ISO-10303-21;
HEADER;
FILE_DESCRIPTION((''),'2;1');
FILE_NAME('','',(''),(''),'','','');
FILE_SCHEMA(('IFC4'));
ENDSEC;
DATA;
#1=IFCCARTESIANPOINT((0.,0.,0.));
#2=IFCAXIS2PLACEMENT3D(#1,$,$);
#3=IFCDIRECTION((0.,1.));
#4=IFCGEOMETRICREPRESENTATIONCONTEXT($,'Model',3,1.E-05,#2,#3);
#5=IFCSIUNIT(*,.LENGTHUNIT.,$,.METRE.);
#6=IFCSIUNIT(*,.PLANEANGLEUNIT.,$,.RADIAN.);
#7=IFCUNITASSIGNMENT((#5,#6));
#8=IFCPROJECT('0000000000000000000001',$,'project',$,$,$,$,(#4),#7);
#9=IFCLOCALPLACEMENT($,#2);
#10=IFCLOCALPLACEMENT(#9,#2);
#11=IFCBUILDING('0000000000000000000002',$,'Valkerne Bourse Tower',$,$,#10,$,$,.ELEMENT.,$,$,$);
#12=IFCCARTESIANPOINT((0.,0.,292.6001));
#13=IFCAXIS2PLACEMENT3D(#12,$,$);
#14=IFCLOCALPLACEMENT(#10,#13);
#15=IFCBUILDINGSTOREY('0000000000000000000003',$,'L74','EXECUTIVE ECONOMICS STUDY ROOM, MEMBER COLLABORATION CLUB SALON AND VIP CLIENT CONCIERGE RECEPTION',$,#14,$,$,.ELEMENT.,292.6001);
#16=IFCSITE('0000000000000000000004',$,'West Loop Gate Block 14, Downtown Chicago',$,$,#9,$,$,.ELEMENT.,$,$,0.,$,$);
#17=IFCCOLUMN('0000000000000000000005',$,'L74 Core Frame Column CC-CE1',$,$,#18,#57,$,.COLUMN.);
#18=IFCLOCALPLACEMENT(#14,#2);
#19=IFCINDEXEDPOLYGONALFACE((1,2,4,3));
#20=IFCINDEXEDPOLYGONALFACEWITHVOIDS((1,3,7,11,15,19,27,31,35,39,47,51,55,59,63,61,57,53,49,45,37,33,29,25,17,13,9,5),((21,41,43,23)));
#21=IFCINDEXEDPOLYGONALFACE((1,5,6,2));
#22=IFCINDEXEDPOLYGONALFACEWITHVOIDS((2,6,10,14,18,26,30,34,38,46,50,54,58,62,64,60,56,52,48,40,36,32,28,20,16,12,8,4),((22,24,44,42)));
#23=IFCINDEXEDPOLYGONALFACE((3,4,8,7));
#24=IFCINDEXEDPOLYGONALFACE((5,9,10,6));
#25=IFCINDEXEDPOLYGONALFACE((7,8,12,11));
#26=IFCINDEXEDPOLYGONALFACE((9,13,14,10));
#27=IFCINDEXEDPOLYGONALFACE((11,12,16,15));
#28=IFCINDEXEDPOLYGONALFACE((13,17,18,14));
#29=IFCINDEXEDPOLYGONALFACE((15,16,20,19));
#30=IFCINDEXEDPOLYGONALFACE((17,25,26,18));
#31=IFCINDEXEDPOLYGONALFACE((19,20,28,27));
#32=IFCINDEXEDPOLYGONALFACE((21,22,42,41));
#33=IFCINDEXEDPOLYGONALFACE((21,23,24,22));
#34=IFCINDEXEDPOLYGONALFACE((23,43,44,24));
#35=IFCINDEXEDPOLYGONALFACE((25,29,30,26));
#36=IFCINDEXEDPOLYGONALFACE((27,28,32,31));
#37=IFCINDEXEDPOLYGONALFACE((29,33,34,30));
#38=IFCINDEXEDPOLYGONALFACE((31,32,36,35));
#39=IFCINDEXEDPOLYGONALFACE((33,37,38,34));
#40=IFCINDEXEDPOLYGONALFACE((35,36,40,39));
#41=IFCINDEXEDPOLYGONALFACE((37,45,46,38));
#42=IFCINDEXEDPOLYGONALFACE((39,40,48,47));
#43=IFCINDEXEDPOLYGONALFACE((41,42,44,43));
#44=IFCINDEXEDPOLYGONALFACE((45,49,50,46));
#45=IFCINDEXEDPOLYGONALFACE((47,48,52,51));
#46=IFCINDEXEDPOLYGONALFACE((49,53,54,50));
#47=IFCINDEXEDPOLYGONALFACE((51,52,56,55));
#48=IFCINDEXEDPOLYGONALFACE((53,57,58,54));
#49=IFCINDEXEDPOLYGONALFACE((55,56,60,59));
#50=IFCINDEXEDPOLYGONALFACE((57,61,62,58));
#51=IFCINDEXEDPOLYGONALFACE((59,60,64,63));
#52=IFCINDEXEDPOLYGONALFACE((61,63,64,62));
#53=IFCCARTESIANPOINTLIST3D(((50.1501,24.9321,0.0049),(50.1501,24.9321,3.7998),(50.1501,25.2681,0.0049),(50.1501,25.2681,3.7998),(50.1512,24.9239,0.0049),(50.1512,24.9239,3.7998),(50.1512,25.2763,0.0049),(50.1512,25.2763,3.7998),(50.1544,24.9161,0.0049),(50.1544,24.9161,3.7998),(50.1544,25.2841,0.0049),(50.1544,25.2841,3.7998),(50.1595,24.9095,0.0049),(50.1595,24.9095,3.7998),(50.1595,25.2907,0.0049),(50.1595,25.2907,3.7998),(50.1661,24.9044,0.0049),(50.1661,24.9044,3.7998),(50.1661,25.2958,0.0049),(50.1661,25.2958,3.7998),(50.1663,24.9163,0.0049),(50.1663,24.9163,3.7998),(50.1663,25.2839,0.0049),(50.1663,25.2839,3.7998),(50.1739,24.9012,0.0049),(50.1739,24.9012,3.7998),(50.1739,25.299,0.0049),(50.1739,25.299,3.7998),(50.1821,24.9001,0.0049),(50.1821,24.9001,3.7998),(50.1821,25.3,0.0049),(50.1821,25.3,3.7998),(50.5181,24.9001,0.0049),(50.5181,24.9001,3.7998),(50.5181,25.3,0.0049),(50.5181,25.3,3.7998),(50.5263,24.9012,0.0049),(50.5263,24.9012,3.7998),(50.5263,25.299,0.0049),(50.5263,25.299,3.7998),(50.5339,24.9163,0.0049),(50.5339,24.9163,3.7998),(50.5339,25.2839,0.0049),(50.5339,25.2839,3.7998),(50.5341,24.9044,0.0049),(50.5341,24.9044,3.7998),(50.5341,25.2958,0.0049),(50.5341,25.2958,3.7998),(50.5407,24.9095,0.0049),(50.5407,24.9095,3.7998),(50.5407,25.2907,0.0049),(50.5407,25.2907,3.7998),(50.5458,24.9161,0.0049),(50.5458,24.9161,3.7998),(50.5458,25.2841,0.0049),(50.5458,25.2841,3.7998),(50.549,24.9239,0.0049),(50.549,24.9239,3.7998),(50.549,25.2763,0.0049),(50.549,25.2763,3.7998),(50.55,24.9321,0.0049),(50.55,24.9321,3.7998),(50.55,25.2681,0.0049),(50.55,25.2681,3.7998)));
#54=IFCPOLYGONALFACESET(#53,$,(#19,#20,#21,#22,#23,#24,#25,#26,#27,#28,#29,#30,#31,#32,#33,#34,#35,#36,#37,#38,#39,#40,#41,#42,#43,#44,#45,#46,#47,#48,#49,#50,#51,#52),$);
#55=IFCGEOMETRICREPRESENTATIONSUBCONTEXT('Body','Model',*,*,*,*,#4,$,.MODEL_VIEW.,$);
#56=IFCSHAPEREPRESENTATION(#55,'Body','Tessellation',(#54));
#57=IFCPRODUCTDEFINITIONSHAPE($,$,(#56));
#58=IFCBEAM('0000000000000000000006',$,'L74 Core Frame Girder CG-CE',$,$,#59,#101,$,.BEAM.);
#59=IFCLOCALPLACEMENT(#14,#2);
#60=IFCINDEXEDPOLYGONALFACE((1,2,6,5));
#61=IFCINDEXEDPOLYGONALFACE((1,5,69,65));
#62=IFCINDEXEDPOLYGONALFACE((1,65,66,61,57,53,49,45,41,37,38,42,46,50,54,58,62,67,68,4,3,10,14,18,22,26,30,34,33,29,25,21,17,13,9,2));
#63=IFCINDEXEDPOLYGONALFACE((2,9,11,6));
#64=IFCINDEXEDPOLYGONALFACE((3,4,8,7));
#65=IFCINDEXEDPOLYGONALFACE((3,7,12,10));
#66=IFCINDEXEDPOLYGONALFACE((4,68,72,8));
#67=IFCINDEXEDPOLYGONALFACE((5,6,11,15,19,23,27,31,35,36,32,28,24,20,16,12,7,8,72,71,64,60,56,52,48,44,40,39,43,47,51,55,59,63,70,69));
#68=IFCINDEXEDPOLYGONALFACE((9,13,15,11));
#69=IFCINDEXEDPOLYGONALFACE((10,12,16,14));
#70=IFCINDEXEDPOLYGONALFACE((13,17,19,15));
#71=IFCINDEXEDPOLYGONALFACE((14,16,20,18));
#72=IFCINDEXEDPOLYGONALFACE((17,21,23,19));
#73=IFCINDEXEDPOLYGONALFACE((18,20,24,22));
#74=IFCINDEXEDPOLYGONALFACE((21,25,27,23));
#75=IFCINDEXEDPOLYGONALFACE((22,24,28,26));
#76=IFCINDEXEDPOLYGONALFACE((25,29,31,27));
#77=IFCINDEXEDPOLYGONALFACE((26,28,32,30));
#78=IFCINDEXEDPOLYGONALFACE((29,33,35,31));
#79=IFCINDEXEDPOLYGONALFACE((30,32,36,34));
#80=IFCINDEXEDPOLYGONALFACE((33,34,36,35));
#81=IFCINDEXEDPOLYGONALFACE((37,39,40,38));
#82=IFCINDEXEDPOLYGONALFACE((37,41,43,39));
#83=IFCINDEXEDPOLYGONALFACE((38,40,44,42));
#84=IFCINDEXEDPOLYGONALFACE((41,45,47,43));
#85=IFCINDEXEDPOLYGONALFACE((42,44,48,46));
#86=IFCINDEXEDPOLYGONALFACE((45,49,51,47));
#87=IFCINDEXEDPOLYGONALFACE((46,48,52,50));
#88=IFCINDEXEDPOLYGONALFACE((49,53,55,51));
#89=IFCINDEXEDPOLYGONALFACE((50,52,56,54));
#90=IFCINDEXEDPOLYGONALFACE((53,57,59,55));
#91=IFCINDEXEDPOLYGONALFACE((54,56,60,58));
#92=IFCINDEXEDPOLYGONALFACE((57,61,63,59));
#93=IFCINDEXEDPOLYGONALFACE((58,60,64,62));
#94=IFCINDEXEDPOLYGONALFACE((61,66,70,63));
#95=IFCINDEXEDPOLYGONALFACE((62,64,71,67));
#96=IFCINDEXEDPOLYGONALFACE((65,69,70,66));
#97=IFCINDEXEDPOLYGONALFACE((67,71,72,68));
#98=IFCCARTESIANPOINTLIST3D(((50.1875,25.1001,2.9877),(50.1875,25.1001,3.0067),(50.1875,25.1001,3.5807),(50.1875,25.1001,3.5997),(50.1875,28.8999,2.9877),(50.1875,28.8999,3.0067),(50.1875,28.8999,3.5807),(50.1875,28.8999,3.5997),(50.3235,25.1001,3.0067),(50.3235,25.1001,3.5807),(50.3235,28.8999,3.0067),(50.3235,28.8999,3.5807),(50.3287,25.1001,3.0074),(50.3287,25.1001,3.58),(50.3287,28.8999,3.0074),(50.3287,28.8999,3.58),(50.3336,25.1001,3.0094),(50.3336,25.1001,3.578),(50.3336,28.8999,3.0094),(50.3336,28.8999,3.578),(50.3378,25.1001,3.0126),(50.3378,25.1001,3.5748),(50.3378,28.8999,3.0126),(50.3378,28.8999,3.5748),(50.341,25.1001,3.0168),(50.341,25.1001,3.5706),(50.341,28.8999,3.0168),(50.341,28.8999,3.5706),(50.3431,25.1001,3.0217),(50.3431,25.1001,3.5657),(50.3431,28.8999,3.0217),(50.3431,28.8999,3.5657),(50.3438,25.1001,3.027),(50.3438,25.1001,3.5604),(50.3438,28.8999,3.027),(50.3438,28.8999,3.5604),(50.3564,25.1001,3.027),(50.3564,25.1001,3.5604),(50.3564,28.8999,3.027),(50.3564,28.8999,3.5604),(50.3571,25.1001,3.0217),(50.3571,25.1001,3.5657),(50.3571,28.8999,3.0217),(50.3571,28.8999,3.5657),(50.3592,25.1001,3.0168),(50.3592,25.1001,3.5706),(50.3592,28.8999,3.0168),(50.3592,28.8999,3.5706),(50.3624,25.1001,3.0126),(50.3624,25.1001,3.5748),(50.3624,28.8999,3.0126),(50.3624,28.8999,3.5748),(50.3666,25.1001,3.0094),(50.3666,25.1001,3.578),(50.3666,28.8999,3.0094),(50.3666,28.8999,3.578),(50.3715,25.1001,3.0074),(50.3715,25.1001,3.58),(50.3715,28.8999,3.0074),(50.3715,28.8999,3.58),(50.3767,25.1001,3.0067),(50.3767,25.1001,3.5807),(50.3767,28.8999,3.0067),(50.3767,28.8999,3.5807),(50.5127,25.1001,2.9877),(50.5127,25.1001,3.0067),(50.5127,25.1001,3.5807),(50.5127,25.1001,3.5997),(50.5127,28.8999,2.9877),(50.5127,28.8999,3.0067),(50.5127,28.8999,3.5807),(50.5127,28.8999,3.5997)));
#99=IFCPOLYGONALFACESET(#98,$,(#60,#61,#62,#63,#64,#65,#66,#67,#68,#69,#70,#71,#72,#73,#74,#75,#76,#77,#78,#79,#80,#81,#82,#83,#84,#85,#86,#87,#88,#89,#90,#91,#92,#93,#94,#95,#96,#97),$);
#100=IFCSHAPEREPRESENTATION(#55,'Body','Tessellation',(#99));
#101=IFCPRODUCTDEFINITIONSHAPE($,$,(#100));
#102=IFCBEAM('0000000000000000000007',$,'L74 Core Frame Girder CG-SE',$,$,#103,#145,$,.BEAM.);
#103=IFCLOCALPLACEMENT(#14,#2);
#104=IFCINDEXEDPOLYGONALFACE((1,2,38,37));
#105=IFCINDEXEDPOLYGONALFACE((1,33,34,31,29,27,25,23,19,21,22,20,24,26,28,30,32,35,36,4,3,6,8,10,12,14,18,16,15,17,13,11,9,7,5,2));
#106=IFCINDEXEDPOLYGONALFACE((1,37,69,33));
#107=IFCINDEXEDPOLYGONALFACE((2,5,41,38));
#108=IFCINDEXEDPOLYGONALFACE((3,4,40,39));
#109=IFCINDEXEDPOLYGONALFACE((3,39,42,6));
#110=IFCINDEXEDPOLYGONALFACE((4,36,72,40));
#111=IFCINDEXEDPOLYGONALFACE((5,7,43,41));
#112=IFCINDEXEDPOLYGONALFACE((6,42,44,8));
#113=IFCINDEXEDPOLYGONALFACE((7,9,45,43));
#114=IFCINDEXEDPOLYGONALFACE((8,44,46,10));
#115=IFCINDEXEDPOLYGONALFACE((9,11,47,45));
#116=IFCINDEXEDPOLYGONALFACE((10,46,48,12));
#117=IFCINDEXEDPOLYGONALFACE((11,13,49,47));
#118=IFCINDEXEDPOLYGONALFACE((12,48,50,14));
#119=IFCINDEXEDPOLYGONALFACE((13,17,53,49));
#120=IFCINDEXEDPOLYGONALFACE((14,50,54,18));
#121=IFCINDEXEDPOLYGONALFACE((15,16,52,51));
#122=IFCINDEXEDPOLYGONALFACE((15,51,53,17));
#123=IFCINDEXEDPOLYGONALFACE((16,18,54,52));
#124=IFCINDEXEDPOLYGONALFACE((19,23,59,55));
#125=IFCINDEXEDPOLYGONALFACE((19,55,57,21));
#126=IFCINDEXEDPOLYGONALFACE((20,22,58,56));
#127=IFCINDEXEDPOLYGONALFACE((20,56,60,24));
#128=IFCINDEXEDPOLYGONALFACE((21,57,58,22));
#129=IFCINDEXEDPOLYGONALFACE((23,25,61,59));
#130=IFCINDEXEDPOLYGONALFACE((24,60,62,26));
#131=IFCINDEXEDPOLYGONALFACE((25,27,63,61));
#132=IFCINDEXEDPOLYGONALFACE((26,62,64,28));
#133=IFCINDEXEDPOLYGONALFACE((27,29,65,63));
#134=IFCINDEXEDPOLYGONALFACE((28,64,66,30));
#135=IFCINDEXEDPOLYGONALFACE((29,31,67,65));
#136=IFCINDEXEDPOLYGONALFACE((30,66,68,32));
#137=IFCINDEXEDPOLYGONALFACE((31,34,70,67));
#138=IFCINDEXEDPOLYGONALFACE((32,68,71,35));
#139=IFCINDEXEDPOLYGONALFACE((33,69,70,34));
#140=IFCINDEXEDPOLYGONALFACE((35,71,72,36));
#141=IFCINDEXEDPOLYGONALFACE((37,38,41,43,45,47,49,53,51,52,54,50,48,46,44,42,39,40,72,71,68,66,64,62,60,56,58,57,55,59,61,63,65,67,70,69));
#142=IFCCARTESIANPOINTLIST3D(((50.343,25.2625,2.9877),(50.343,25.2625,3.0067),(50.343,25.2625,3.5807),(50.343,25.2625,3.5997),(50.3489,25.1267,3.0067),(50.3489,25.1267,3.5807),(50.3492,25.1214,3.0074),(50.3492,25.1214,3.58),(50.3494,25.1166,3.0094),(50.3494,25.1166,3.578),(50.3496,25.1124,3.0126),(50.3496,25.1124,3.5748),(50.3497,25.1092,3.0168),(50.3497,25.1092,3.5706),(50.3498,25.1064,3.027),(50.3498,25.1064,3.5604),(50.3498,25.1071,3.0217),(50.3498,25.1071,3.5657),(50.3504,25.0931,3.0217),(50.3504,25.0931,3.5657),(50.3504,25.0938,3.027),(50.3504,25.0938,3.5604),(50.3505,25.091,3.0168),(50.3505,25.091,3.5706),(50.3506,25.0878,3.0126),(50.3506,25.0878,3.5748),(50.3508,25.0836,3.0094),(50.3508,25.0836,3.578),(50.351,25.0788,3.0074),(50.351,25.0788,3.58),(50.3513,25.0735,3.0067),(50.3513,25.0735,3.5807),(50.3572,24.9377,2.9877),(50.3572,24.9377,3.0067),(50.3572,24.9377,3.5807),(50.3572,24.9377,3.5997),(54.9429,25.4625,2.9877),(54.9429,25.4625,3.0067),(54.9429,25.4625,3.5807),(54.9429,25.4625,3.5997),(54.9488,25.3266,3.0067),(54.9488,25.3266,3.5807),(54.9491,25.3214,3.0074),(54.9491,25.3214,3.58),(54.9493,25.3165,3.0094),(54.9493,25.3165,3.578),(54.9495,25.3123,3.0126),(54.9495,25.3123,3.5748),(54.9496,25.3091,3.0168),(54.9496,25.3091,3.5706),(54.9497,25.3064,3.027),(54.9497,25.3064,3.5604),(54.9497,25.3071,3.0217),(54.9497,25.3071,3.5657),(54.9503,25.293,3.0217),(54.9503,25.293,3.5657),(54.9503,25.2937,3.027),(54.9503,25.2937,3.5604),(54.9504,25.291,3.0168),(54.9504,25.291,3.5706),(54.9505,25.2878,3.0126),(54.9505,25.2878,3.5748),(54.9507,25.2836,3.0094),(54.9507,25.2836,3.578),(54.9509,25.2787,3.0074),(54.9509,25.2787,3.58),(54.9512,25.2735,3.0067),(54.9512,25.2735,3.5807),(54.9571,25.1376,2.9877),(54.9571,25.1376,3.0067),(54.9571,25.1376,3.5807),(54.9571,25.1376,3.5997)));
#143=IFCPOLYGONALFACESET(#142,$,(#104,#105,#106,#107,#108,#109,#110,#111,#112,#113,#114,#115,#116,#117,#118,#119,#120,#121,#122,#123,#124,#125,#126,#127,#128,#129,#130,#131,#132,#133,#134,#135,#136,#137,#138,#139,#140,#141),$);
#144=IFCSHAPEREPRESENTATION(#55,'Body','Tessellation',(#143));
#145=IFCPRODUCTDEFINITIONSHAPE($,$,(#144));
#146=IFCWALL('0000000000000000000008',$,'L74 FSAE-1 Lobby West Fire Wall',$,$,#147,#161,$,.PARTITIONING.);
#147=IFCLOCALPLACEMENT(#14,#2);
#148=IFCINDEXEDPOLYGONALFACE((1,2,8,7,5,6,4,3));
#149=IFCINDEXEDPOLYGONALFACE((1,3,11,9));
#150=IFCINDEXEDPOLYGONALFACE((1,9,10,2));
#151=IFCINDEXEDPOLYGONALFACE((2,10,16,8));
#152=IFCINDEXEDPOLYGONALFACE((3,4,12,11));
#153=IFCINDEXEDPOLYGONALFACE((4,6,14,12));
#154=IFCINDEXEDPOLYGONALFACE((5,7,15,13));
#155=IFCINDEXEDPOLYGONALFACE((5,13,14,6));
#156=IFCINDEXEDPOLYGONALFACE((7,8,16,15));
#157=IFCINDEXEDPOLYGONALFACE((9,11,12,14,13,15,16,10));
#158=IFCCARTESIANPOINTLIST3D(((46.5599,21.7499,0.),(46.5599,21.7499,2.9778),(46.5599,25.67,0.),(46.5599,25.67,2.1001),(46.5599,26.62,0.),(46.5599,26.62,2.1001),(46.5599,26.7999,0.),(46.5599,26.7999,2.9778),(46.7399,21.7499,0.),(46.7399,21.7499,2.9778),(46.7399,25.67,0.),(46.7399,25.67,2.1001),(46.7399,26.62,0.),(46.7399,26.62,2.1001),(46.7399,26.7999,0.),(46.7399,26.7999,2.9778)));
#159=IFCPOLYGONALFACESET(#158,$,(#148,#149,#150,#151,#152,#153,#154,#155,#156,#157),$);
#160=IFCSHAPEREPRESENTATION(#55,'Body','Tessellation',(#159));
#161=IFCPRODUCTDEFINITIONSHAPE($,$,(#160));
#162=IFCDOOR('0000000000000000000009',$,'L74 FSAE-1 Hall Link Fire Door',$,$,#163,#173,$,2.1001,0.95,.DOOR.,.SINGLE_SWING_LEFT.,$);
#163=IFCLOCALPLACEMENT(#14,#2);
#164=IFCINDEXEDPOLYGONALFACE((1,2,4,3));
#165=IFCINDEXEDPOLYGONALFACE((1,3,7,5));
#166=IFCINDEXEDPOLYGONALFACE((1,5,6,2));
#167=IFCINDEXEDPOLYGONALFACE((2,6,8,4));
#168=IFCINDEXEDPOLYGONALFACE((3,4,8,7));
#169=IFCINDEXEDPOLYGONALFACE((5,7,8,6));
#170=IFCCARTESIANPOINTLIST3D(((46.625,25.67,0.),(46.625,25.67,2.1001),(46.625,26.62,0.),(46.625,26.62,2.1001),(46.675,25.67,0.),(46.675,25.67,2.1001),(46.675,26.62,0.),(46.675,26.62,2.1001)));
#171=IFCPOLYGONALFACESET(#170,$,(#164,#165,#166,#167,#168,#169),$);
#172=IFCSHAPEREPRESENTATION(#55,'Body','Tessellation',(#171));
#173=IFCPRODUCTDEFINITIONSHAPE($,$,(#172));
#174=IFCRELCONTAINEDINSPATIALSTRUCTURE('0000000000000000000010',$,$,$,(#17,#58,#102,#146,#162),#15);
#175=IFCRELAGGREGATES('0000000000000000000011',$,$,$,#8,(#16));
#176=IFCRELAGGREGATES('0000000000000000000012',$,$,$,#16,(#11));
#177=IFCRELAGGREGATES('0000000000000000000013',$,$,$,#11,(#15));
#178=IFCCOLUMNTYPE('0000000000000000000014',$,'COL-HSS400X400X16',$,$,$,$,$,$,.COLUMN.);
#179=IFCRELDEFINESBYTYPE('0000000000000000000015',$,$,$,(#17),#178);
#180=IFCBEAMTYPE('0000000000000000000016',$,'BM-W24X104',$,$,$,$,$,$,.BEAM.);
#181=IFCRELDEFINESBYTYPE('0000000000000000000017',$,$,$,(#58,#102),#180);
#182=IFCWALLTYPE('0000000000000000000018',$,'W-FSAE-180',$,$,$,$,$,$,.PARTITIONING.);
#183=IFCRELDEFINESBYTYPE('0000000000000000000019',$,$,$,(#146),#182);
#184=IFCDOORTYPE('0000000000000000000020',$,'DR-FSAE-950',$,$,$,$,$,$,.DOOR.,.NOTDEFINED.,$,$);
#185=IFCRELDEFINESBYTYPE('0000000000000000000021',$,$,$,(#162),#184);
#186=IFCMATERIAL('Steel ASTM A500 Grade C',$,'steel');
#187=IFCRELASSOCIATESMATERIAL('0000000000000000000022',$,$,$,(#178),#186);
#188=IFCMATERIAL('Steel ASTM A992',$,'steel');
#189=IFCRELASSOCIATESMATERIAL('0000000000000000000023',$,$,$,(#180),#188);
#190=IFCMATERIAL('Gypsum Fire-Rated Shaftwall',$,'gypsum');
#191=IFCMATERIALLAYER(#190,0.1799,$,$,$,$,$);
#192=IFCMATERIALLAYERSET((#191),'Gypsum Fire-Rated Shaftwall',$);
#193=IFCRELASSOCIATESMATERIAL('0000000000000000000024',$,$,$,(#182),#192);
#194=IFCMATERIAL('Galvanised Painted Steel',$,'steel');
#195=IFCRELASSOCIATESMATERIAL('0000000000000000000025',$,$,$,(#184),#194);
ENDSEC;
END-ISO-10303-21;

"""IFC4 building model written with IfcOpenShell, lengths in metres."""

from ifc_helpers import new_model, si_unit, direction, frame, frame_2d, origin, origin_2d, place, context, subcontext, project, spatial, rectangle, hollow_rectangle, i_section, extrude, material, layer, layer_set, material_profile, profile_set, type_object, element, fill, save


model = new_model("IFC4")

# Units and contexts
model_context = context("Model", 3, precision=1e-05, world=origin(), true_north=direction((0.0, 1.0)))
body_context = subcontext(model_context, "Body", "Model", "MODEL_VIEW")
ifc_project = project(units=[si_unit("LENGTHUNIT", "METRE"), si_unit("PLANEANGLEUNIT", "RADIAN")], contexts=[model_context])

# Site, building, storey
site_placement = place(None, origin())
site = spatial("IfcSite", under=ifc_project, at=site_placement, Name="West Loop Gate Block 14, Downtown Chicago", CompositionType="ELEMENT", RefElevation=0.0)
building_placement = place(site_placement, origin())
building = spatial("IfcBuilding", under=site, at=building_placement, Name="Valkerne Bourse Tower", CompositionType="ELEMENT")
storey_placement = place(building_placement, frame((0.0, 0.0, 292.6001)))
storey = spatial("IfcBuildingStorey", under=building, at=storey_placement, Name="L74", Description="EXECUTIVE ECONOMICS STUDY ROOM, MEMBER COLLABORATION CLUB SALON AND VIP CLIENT CONCIERGE RECEPTION", CompositionType="ELEMENT", Elevation=292.6001)

# Column
ifc_material_1 = material(Name="Steel ASTM A500 Grade C", Category="steel")
ifc_material_profile_1 = material_profile(ifc_material_1, hollow_rectangle(XDim=0.3999, YDim=0.3999, WallThickness=0.0161, OuterFilletRadius=0.032, at=origin_2d()), Name="HSS400X400X16")
ifc_profile_set_1 = profile_set([ifc_material_profile_1], Name="Steel ASTM A500 Grade C")
column_type = type_object("IfcColumnType", Name="COL-HSS400X400X16", PredefinedType="COLUMN", material=ifc_profile_set_1)
column_placement = place(storey_placement, frame((50.3501, 25.1001, 0.0049), z_axis=(0.0, 0.0, 1.0), x_axis=(1.0, 0.0, 0.0)))
element("IfcColumn", 1, at=column_placement, inside=storey, type_object=column_type, Name="L74 Core Frame Column CC-CE1", PredefinedType="COLUMN", context=body_context, shape_type="SweptSolid", body=[
    extrude(hollow_rectangle(XDim=0.3999, YDim=0.3999, WallThickness=0.0161, OuterFilletRadius=0.032, at=origin_2d()), origin(), (0.0, 0.0, 1.0), 3.7949),
])

# Beams
ifc_material_2 = material(Name="Steel ASTM A992", Category="steel")
ifc_material_profile_2 = material_profile(ifc_material_2, i_section(OverallWidth=0.3252, OverallDepth=0.6121, WebThickness=0.0127, FlangeThickness=0.019, FilletRadius=0.0203, at=origin_2d()), Name="W24X104")
ifc_profile_set_2 = profile_set([ifc_material_profile_2], Name="Steel ASTM A992")
beam_type = type_object("IfcBeamType", Name="BM-W24X104", PredefinedType="BEAM", material=ifc_profile_set_2)
beam_1_placement = place(storey_placement, frame((50.3501, 25.1001, 3.2937), z_axis=(0.0, 1.0, 0.0), x_axis=(-1.0, 0.0, 0.0)))
element("IfcBeam", 2, at=beam_1_placement, inside=storey, type_object=beam_type, Name="L74 Core Frame Girder CG-CE", PredefinedType="BEAM", context=body_context, shape_type="SweptSolid", body=[
    extrude(i_section(OverallWidth=0.3252, OverallDepth=0.6121, WebThickness=0.0127, FlangeThickness=0.019, FilletRadius=0.0203, at=origin_2d()), origin(), (0.0, 0.0, 1.0), 3.7998),
])
beam_2_placement = place(storey_placement, frame((50.3501, 25.1001, 3.2937), z_axis=(0.999057, 0.043428, 0.0), x_axis=(-0.043428, 0.999057, 0.0)))
element("IfcBeam", 3, at=beam_2_placement, inside=storey, type_object=beam_type, Name="L74 Core Frame Girder CG-SE", PredefinedType="BEAM", context=body_context, shape_type="SweptSolid", body=[
    extrude(i_section(OverallWidth=0.3252, OverallDepth=0.6121, WebThickness=0.0127, FlangeThickness=0.019, FilletRadius=0.0203, at=origin_2d()), origin(), (0.0, 0.0, 1.0), 4.6042),
])

# Wall, opening, door
ifc_material_3 = material(Name="Gypsum Fire-Rated Shaftwall", Category="gypsum")
ifc_layer_1 = layer(ifc_material_3, 0.1799)
ifc_layer_set_1 = layer_set([ifc_layer_1], Name="Gypsum Fire-Rated Shaftwall")
wall_type_1 = type_object("IfcWallType", Name="W-FSAE-180", PredefinedType="PARTITIONING", material=ifc_layer_set_1)
wall_1_placement = place(storey_placement, frame((46.6499, 21.75, 0.0), z_axis=(0.0, 0.0, 1.0), x_axis=(0.0, 1.0, 0.0)))
wall_1 = element("IfcWall", 4, at=wall_1_placement, inside=storey, type_object=wall_type_1, Name="L74 FSAE-1 Lobby West Fire Wall", PredefinedType="PARTITIONING", context=body_context, shape_type="SweptSolid", body=[
    extrude(rectangle(XDim=5.05, YDim=0.1799, at=frame_2d((2.5249, 0.0))), origin(), (0.0, 0.0, 1.0), 2.9778),
])
opening_1_placement = place(wall_1_placement, frame((3.9199, 0.0, 0.0)))
opening_1 = element("IfcOpeningElement", 5, at=opening_1_placement, cuts=wall_1, PredefinedType="OPENING", context=body_context, shape_type="SweptSolid", body=[
    extrude(rectangle(XDim=0.95, YDim=2.1001, at=frame_2d((0.4751, 1.05))), frame((0.0, 0.0999, 0.0), z_axis=(0.0, -1.0, 0.0), x_axis=(1.0, 0.0, 0.0)), (0.0, 0.0, 1.0), 0.2),
])
ifc_material_4 = material(Name="Galvanised Painted Steel", Category="steel")
door_type_1 = type_object("IfcDoorType", Name="DR-FSAE-950", OperationType="NOTDEFINED", PredefinedType="DOOR", material=ifc_material_4)
door_1_placement = place(opening_1_placement, origin())
door_1 = element("IfcDoor", 6, at=door_1_placement, inside=storey, type_object=door_type_1, Name="L74 FSAE-1 Hall Link Fire Door", OperationType="SINGLE_SWING_LEFT", OverallHeight=2.1001, OverallWidth=0.95, PredefinedType="DOOR", context=body_context, shape_type="SweptSolid", body=[
    extrude(rectangle(XDim=0.95, YDim=2.1001, at=frame_2d((0.4751, 1.05))), frame((0.0, 0.0249, 0.0), z_axis=(0.0, -1.0, 0.0), x_axis=(1.0, 0.0, 0.0)), (0.0, 0.0, 1.0), 0.05),
])
fill(opening_1, door_1)

save(model, "model.ifc")
